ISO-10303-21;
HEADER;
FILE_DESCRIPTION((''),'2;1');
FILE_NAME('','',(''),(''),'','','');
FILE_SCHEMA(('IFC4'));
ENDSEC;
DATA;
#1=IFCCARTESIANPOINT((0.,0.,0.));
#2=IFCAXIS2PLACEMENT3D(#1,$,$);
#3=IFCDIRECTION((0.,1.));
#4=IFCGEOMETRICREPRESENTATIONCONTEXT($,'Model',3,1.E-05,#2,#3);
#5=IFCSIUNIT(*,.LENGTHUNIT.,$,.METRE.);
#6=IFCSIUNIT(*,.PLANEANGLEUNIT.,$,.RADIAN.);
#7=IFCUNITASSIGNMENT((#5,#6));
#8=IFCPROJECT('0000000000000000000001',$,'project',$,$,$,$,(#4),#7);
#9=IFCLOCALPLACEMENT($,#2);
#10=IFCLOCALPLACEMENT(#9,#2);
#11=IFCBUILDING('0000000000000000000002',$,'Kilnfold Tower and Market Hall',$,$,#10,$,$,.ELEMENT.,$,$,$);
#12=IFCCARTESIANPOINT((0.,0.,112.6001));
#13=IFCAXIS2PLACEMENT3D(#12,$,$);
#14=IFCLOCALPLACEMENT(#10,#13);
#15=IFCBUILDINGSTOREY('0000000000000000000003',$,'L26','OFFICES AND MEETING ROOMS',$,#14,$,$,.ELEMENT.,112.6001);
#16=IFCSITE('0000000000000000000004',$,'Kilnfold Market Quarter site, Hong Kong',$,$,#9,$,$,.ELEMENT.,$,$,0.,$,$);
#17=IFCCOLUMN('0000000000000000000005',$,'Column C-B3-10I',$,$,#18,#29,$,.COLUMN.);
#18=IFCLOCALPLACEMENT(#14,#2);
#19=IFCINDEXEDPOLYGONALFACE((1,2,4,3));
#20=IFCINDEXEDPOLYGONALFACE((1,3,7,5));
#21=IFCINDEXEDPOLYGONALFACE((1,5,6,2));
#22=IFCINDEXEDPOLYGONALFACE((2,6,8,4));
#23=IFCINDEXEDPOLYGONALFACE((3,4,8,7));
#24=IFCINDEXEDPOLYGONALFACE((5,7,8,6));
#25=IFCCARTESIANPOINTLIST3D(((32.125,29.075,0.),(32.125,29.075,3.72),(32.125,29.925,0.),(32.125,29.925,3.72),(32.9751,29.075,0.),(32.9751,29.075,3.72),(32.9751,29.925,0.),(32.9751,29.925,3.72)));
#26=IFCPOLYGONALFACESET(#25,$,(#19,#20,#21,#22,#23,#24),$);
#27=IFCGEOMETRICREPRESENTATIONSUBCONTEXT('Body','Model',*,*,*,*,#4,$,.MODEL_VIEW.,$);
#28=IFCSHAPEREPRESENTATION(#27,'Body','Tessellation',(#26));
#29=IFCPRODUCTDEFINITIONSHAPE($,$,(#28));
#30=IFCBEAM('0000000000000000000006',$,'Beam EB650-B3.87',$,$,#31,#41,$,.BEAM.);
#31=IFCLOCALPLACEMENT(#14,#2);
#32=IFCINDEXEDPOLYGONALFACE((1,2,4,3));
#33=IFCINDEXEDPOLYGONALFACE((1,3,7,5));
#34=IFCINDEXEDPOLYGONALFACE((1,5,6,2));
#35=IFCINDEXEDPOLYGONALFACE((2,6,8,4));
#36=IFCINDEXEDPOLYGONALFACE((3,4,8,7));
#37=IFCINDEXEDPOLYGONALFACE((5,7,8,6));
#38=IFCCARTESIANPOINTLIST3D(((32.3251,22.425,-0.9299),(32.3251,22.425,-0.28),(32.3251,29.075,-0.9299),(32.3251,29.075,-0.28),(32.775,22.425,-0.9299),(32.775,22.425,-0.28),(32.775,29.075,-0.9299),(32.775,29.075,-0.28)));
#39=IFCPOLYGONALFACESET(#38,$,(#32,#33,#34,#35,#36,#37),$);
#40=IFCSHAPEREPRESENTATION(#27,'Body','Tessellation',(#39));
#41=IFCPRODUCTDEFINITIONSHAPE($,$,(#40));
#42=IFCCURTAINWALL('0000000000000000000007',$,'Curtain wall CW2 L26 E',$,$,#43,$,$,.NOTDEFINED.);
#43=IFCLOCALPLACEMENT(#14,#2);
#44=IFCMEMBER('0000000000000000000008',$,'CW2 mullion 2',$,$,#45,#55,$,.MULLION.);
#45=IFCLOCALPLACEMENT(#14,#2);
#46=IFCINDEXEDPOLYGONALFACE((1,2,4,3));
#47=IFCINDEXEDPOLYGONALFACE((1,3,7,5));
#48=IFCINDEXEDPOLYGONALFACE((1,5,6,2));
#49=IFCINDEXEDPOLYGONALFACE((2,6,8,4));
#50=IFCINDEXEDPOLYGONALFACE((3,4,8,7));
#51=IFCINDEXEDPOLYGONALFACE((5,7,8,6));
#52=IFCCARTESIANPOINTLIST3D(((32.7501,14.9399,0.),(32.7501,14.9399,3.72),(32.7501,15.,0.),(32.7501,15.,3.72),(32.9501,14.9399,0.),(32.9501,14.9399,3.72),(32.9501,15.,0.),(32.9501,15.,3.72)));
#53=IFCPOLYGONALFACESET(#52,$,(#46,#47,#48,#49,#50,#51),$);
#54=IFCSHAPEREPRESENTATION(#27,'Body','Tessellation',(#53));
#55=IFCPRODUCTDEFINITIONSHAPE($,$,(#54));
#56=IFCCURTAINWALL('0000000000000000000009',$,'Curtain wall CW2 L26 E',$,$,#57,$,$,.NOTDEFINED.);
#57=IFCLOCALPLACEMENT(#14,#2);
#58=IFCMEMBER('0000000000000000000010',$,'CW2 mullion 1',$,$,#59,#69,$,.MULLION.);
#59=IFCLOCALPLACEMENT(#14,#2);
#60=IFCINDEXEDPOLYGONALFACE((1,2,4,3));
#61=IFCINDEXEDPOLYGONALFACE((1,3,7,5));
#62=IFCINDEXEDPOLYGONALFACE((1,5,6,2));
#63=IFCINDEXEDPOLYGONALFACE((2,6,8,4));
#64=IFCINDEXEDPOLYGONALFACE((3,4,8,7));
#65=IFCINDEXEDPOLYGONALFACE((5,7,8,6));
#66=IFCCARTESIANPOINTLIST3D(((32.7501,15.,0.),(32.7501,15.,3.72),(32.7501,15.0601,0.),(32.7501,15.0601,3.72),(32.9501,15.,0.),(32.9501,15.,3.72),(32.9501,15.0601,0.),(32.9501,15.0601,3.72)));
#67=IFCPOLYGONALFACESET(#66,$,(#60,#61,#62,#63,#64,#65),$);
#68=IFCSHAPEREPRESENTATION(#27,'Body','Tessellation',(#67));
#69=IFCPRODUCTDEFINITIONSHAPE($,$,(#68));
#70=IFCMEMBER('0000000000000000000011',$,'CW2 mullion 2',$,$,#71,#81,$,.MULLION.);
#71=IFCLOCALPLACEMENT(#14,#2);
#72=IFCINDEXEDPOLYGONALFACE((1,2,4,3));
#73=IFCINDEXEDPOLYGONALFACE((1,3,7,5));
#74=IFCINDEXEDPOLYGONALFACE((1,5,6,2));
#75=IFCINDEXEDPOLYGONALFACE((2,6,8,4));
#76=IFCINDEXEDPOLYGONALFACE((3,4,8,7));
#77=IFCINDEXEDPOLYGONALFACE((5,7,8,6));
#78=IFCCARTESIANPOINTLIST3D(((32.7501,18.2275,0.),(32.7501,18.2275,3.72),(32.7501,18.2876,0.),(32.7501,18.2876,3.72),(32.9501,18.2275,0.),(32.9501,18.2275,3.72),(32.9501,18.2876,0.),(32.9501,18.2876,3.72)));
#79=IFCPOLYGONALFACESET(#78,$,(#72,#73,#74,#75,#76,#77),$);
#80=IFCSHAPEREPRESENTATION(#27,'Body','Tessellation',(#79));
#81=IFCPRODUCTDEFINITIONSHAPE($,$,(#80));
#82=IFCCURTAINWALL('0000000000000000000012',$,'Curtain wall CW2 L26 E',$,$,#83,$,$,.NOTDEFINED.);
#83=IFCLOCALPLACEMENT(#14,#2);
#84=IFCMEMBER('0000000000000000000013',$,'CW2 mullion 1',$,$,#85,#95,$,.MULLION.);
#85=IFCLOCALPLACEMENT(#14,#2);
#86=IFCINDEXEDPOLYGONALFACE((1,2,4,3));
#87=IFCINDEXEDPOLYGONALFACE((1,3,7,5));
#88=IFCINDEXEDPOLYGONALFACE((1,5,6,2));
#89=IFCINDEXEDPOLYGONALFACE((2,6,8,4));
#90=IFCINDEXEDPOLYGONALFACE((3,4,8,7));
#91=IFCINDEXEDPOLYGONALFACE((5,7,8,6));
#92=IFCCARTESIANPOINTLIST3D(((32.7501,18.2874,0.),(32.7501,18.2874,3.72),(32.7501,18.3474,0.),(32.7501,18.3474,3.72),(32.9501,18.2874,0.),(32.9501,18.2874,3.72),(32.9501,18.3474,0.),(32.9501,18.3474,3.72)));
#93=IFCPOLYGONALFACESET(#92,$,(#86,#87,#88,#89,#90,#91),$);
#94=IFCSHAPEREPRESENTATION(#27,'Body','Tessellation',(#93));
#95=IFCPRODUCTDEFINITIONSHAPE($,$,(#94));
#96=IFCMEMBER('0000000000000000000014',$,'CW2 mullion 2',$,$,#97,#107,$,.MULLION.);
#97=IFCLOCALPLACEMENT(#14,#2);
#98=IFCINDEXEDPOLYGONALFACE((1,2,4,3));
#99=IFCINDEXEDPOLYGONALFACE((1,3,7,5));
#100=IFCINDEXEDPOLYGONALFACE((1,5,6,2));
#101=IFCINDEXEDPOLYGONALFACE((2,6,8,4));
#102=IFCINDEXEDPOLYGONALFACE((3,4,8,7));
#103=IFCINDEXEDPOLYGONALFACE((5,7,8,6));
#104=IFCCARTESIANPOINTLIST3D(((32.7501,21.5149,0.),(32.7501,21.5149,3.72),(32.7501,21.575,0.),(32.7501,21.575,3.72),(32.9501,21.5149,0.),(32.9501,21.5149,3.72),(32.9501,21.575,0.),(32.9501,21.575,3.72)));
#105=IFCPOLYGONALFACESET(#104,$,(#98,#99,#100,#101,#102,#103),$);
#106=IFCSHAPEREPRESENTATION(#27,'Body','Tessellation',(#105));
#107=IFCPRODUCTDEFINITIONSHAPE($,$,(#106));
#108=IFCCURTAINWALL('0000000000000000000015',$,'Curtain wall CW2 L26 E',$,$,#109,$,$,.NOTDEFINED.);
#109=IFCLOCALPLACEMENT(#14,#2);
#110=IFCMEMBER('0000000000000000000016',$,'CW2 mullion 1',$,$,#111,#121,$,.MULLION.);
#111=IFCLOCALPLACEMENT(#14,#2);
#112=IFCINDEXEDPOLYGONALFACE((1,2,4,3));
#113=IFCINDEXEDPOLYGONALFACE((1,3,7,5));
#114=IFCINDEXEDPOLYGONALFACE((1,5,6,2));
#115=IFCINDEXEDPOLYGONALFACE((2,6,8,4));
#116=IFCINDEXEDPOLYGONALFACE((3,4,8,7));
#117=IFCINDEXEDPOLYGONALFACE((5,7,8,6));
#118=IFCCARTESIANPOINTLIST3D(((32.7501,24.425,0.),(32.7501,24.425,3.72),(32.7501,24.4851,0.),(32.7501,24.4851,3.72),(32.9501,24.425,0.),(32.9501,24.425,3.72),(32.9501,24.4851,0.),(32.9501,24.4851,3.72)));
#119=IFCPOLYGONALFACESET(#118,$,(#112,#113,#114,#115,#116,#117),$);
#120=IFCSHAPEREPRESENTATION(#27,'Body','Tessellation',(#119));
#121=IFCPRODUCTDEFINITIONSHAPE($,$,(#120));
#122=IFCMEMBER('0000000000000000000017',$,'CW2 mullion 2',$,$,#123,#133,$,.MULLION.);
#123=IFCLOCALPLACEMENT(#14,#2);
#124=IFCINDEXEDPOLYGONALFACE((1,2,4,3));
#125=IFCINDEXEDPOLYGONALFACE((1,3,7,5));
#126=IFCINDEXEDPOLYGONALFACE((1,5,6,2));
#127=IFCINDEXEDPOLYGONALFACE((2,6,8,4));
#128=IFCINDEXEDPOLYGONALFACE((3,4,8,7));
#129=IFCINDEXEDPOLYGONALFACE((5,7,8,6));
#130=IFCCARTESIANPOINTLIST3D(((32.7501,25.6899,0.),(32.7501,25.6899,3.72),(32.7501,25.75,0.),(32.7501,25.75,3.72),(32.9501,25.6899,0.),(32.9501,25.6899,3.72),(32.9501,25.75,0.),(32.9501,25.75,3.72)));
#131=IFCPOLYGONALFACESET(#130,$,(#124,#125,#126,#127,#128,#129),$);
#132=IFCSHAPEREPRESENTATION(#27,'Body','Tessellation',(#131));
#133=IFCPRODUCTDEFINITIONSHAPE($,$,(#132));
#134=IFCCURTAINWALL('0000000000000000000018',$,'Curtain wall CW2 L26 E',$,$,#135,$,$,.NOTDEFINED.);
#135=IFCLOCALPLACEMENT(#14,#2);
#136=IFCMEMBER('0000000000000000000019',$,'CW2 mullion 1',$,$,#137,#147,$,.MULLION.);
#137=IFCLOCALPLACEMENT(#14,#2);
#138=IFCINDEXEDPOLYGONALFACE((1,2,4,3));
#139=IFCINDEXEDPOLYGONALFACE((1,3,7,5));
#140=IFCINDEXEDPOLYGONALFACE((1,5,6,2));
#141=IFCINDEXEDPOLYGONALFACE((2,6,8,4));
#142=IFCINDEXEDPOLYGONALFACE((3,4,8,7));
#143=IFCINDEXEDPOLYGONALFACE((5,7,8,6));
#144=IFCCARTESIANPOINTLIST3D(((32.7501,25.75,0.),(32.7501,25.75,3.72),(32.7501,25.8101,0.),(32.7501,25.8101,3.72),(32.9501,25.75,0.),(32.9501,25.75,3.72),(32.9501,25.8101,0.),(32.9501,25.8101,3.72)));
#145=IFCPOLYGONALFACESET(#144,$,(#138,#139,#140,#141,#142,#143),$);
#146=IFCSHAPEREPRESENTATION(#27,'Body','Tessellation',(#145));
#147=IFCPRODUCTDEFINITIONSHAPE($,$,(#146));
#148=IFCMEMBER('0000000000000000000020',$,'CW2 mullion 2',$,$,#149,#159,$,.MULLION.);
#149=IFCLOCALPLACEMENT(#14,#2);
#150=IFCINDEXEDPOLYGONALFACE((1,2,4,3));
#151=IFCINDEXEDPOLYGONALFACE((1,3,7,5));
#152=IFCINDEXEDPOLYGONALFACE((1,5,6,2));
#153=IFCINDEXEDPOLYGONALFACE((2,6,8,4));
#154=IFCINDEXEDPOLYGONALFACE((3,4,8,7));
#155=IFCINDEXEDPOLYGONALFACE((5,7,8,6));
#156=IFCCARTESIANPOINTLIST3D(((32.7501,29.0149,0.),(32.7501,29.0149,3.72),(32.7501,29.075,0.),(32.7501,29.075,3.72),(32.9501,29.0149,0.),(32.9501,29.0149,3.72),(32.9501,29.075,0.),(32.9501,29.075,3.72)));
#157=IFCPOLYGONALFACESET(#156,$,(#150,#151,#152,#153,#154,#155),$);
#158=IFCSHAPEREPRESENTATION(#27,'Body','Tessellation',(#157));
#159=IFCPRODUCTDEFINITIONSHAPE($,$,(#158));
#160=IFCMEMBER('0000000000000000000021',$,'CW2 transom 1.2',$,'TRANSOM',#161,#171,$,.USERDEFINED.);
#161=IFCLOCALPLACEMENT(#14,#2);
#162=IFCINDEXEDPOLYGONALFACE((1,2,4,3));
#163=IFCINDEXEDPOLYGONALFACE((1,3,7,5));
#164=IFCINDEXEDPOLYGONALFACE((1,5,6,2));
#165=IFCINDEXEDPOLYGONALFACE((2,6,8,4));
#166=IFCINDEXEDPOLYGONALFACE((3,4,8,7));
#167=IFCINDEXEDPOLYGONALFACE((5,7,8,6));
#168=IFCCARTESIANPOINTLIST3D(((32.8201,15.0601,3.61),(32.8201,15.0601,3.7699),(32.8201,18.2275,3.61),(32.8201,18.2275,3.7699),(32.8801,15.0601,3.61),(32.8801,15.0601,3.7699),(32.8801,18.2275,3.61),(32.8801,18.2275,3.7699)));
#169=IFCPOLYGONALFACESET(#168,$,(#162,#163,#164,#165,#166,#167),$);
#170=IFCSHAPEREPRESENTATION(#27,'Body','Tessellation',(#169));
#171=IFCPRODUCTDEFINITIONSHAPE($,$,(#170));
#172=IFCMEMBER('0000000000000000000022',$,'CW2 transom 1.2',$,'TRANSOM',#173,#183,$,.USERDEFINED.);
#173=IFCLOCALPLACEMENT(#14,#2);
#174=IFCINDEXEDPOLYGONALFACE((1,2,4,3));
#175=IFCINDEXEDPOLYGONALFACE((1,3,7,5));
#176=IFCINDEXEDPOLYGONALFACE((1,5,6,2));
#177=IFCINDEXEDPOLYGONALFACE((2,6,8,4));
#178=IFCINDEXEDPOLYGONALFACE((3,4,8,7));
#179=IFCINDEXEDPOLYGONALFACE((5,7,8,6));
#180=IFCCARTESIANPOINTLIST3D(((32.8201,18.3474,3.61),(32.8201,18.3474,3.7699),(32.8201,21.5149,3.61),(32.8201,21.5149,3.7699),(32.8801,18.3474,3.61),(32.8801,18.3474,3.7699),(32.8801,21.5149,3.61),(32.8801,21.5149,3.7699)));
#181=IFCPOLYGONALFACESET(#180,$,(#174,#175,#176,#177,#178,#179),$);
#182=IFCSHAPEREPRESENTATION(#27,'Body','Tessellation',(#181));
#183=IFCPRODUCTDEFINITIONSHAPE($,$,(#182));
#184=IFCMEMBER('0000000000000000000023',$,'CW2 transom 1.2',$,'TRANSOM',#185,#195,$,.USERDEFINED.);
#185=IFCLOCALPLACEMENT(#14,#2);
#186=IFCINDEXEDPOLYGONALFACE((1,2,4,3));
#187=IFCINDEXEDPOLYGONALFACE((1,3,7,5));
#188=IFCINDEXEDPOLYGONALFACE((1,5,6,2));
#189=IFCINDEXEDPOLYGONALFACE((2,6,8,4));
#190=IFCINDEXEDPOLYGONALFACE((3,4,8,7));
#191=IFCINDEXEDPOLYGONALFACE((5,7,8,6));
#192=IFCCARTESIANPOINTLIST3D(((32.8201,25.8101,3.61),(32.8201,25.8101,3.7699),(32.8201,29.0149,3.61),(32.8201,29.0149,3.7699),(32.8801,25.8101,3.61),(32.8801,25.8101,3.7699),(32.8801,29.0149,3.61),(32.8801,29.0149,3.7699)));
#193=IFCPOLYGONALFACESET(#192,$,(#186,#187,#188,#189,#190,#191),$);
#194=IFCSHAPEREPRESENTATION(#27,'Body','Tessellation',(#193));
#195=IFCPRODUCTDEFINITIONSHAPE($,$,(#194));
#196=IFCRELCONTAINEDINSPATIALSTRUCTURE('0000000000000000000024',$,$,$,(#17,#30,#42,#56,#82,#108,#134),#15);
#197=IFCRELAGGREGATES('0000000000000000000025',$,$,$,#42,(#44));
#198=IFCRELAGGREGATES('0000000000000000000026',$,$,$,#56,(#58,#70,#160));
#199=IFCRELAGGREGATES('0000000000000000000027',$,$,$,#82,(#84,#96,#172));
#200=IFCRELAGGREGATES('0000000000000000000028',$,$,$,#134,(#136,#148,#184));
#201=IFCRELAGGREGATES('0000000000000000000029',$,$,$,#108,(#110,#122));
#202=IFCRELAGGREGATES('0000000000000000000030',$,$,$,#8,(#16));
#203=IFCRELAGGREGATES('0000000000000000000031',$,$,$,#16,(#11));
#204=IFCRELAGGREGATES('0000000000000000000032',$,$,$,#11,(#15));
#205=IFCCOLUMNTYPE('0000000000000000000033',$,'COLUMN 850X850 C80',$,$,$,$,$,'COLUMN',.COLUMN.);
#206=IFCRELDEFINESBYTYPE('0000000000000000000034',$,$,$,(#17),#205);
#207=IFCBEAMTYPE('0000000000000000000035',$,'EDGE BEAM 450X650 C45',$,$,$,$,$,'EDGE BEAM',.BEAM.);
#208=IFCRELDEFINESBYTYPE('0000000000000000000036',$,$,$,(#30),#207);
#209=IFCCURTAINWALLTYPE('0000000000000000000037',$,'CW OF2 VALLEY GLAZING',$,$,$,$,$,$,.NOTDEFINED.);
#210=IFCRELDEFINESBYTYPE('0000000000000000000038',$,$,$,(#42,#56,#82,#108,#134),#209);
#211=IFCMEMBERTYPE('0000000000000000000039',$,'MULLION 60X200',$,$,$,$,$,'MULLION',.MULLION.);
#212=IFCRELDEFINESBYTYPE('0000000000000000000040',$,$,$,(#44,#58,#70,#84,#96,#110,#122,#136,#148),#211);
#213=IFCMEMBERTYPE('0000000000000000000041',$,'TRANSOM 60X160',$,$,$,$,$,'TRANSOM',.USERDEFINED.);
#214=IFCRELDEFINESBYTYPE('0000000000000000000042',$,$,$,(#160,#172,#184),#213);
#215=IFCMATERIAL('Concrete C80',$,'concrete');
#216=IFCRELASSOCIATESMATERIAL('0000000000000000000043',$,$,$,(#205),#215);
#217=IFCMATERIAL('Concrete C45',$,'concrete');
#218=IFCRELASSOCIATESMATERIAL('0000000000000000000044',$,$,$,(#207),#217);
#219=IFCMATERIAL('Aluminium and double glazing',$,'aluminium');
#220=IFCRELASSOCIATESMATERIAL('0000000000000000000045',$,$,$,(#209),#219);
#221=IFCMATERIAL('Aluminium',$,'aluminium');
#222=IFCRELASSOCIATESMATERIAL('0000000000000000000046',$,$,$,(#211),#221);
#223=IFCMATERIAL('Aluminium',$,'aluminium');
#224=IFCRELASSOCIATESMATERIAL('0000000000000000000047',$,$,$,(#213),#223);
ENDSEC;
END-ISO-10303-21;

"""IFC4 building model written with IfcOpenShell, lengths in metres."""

from ifc_helpers import new_model, si_unit, direction, frame, origin, origin_2d, place, context, subcontext, project, spatial, rectangle, extrude, source, transform, mapped, material, material_profile, profile_set, type_object, element, aggregate, save


model = new_model("IFC4")

# Units and contexts
model_context = context("Model", 3, precision=1e-05, world=origin(), true_north=direction((0.0, 1.0)))
body_context = subcontext(model_context, "Body", "Model", "MODEL_VIEW")
ifc_project = project(units=[si_unit("LENGTHUNIT", "METRE"), si_unit("PLANEANGLEUNIT", "RADIAN")], contexts=[model_context])

# Site, building, storey
site_placement = place(None, origin())
site = spatial("IfcSite", under=ifc_project, at=site_placement, Name="Kilnfold Market Quarter site, Hong Kong", CompositionType="ELEMENT", RefElevation=0.0)
building_placement = place(site_placement, origin())
building = spatial("IfcBuilding", under=site, at=building_placement, Name="Kilnfold Tower and Market Hall", CompositionType="ELEMENT")
storey_placement = place(building_placement, frame((0.0, 0.0, 112.6001)))
storey = spatial("IfcBuildingStorey", under=building, at=storey_placement, Name="L26", Description="OFFICES AND MEETING ROOMS", CompositionType="ELEMENT", Elevation=112.6001)

# Column
ifc_material_1 = material(Name="Concrete C80", Category="concrete")
ifc_material_profile_1 = material_profile(ifc_material_1, rectangle(XDim=0.8501, YDim=0.8501, at=origin_2d()), Name="RC 850x850")
ifc_profile_set_1 = profile_set([ifc_material_profile_1], Name="Concrete C80")
column_type = type_object("IfcColumnType", Name="COLUMN 850X850 C80", ElementType="COLUMN", PredefinedType="COLUMN", material=ifc_profile_set_1)
shared_shape_1 = source(origin(), body_context, "Body", "SweptSolid", [
    extrude(rectangle(XDim=0.8501, YDim=0.8501, at=origin_2d()), origin(), (0.0, 0.0, 1.0), 3.72),
])
column_placement = place(storey_placement, frame((32.55, 29.5, 0.0), z_axis=(0.0, 0.0, 1.0), x_axis=(1.0, 0.0, 0.0)))
element("IfcColumn", 1, at=column_placement, inside=storey, type_object=column_type, Name="Column C-B3-10I", PredefinedType="COLUMN", context=body_context, shape_type="MappedRepresentation", body=[
    mapped(shared_shape_1, transform((0.0, 0.0, 0.0))),
])

# Beam
ifc_material_2 = material(Name="Concrete C45", Category="concrete")
ifc_material_profile_2 = material_profile(ifc_material_2, rectangle(XDim=0.45, YDim=0.6499, at=origin_2d()), Name="RC 450x650")
ifc_profile_set_2 = profile_set([ifc_material_profile_2], Name="Concrete C45")
beam_type = type_object("IfcBeamType", Name="EDGE BEAM 450X650 C45", ElementType="EDGE BEAM", PredefinedType="BEAM", material=ifc_profile_set_2)
shared_shape_2 = source(origin(), body_context, "Body", "SweptSolid", [
    extrude(rectangle(XDim=0.45, YDim=0.6499, at=origin_2d()), origin(), (0.0, 0.0, 1.0), 6.6499),
])
beam_placement = place(storey_placement, frame((32.55, 22.425, -0.605), z_axis=(0.0, 1.0, 0.0), x_axis=(-1.0, 0.0, 0.0)))
element("IfcBeam", 2, at=beam_placement, inside=storey, type_object=beam_type, Name="Beam EB650-B3.87", PredefinedType="BEAM", context=body_context, shape_type="MappedRepresentation", body=[
    mapped(shared_shape_2, transform((0.0, 0.0, 0.0))),
])

# Curtain wall, member
ifc_material_3 = material(Name="Aluminium and double glazing", Category="aluminium")
curtain_wall_type = type_object("IfcCurtainWallType", Name="CW OF2 VALLEY GLAZING", PredefinedType="NOTDEFINED", material=ifc_material_3)
curtain_wall_1_placement = place(storey_placement, origin())
curtain_wall_1 = element("IfcCurtainWall", 3, at=curtain_wall_1_placement, inside=storey, type_object=curtain_wall_type, Name="Curtain wall CW2 L26 E", PredefinedType="NOTDEFINED")
ifc_material_4 = material(Name="Aluminium", Category="aluminium")
ifc_material_profile_3 = material_profile(ifc_material_4, rectangle(XDim=0.0601, YDim=0.2, at=origin_2d()), Name="MULLION 60x200")
ifc_profile_set_3 = profile_set([ifc_material_profile_3], Name="Aluminium")
member_type_1 = type_object("IfcMemberType", Name="MULLION 60X200", ElementType="MULLION", PredefinedType="MULLION", material=ifc_profile_set_3)
shared_shape_3 = source(origin(), body_context, "Body", "SweptSolid", [
    extrude(rectangle(XDim=0.0601, YDim=0.2, at=origin_2d()), origin(), (0.0, 0.0, 1.0), 3.72),
])
member_1_placement = place(storey_placement, frame((32.8501, 14.97, 0.0), z_axis=(0.0, 0.0, 1.0), x_axis=(0.0, 1.0, 0.0)))
member_1 = element("IfcMember", 4, at=member_1_placement, type_object=member_type_1, Name="CW2 mullion 2", PredefinedType="MULLION", context=body_context, shape_type="MappedRepresentation", body=[
    mapped(shared_shape_3, transform((0.0, 0.0, 0.0))),
])

# Curtain walls, members
curtain_wall_2_placement = place(storey_placement, origin())
curtain_wall_2 = element("IfcCurtainWall", 5, at=curtain_wall_2_placement, inside=storey, type_object=curtain_wall_type, Name="Curtain wall CW2 L26 E", PredefinedType="NOTDEFINED")
member_2_placement = place(storey_placement, frame((32.8501, 15.03, 0.0), z_axis=(0.0, 0.0, 1.0), x_axis=(0.0, 1.0, 0.0)))
member_2 = element("IfcMember", 6, at=member_2_placement, type_object=member_type_1, Name="CW2 mullion 1", PredefinedType="MULLION", context=body_context, shape_type="MappedRepresentation", body=[
    mapped(shared_shape_3, transform((0.0, 0.0, 0.0))),
])
member_3_placement = place(storey_placement, frame((32.8501, 18.2576, 0.0), z_axis=(0.0, 0.0, 1.0), x_axis=(0.0, 1.0, 0.0)))
member_3 = element("IfcMember", 7, at=member_3_placement, type_object=member_type_1, Name="CW2 mullion 2", PredefinedType="MULLION", context=body_context, shape_type="MappedRepresentation", body=[
    mapped(shared_shape_3, transform((0.0, 0.0, 0.0))),
])
curtain_wall_3_placement = place(storey_placement, origin())
curtain_wall_3 = element("IfcCurtainWall", 8, at=curtain_wall_3_placement, inside=storey, type_object=curtain_wall_type, Name="Curtain wall CW2 L26 E", PredefinedType="NOTDEFINED")
member_4_placement = place(storey_placement, frame((32.8501, 18.3174, 0.0), z_axis=(0.0, 0.0, 1.0), x_axis=(0.0, 1.0, 0.0)))
member_4 = element("IfcMember", 9, at=member_4_placement, type_object=member_type_1, Name="CW2 mullion 1", PredefinedType="MULLION", context=body_context, shape_type="MappedRepresentation", body=[
    mapped(shared_shape_3, transform((0.0, 0.0, 0.0))),
])
member_5_placement = place(storey_placement, frame((32.8501, 21.5449, 0.0), z_axis=(0.0, 0.0, 1.0), x_axis=(0.0, 1.0, 0.0)))
member_5 = element("IfcMember", 10, at=member_5_placement, type_object=member_type_1, Name="CW2 mullion 2", PredefinedType="MULLION", context=body_context, shape_type="MappedRepresentation", body=[
    mapped(shared_shape_3, transform((0.0, 0.0, 0.0))),
])
curtain_wall_4_placement = place(storey_placement, origin())
curtain_wall_4 = element("IfcCurtainWall", 11, at=curtain_wall_4_placement, inside=storey, type_object=curtain_wall_type, Name="Curtain wall CW2 L26 E", PredefinedType="NOTDEFINED")
member_6_placement = place(storey_placement, frame((32.8501, 24.4551, 0.0), z_axis=(0.0, 0.0, 1.0), x_axis=(0.0, 1.0, 0.0)))
member_6 = element("IfcMember", 12, at=member_6_placement, type_object=member_type_1, Name="CW2 mullion 1", PredefinedType="MULLION", context=body_context, shape_type="MappedRepresentation", body=[
    mapped(shared_shape_3, transform((0.0, 0.0, 0.0))),
])
member_7_placement = place(storey_placement, frame((32.8501, 25.72, 0.0), z_axis=(0.0, 0.0, 1.0), x_axis=(0.0, 1.0, 0.0)))
member_7 = element("IfcMember", 13, at=member_7_placement, type_object=member_type_1, Name="CW2 mullion 2", PredefinedType="MULLION", context=body_context, shape_type="MappedRepresentation", body=[
    mapped(shared_shape_3, transform((0.0, 0.0, 0.0))),
])
curtain_wall_5_placement = place(storey_placement, origin())
curtain_wall_5 = element("IfcCurtainWall", 14, at=curtain_wall_5_placement, inside=storey, type_object=curtain_wall_type, Name="Curtain wall CW2 L26 E", PredefinedType="NOTDEFINED")
member_8_placement = place(storey_placement, frame((32.8501, 25.78, 0.0), z_axis=(0.0, 0.0, 1.0), x_axis=(0.0, 1.0, 0.0)))
member_8 = element("IfcMember", 15, at=member_8_placement, type_object=member_type_1, Name="CW2 mullion 1", PredefinedType="MULLION", context=body_context, shape_type="MappedRepresentation", body=[
    mapped(shared_shape_3, transform((0.0, 0.0, 0.0))),
])
member_9_placement = place(storey_placement, frame((32.8501, 29.0449, 0.0), z_axis=(0.0, 0.0, 1.0), x_axis=(0.0, 1.0, 0.0)))
member_9 = element("IfcMember", 16, at=member_9_placement, type_object=member_type_1, Name="CW2 mullion 2", PredefinedType="MULLION", context=body_context, shape_type="MappedRepresentation", body=[
    mapped(shared_shape_3, transform((0.0, 0.0, 0.0))),
])

# Members
ifc_material_5 = material(Name="Aluminium", Category="aluminium")
ifc_material_profile_4 = material_profile(ifc_material_5, rectangle(XDim=0.0601, YDim=0.1599, at=origin_2d()), Name="TRANSOM 60x160")
ifc_profile_set_4 = profile_set([ifc_material_profile_4], Name="Aluminium")
member_type_2 = type_object("IfcMemberType", Name="TRANSOM 60X160", ElementType="TRANSOM", PredefinedType="USERDEFINED", material=ifc_profile_set_4)
shared_shape_4 = source(origin(), body_context, "Body", "SweptSolid", [
    extrude(rectangle(XDim=0.0601, YDim=0.1599, at=origin_2d()), origin(), (0.0, 0.0, 1.0), 3.1675),
])
member_10_placement = place(storey_placement, frame((32.8501, 15.0601, 3.6899), z_axis=(0.0, 1.0, 0.0), x_axis=(-1.0, 0.0, 0.0)))
member_10 = element("IfcMember", 17, at=member_10_placement, type_object=member_type_2, Name="CW2 transom 1.2", ObjectType="TRANSOM", PredefinedType="USERDEFINED", context=body_context, shape_type="MappedRepresentation", body=[
    mapped(shared_shape_4, transform((0.0, 0.0, 0.0))),
])
member_11_placement = place(storey_placement, frame((32.8501, 18.3474, 3.6899), z_axis=(0.0, 1.0, 0.0), x_axis=(-1.0, 0.0, 0.0)))
member_11 = element("IfcMember", 18, at=member_11_placement, type_object=member_type_2, Name="CW2 transom 1.2", ObjectType="TRANSOM", PredefinedType="USERDEFINED", context=body_context, shape_type="MappedRepresentation", body=[
    mapped(shared_shape_4, transform((0.0, 0.0, 0.0))),
])
shared_shape_5 = source(origin(), body_context, "Body", "SweptSolid", [
    extrude(rectangle(XDim=0.0601, YDim=0.1599, at=origin_2d()), origin(), (0.0, 0.0, 1.0), 3.2048),
])
member_12_placement = place(storey_placement, frame((32.8501, 25.8101, 3.6899), z_axis=(0.0, 1.0, 0.0), x_axis=(-1.0, 0.0, 0.0)))
member_12 = element("IfcMember", 19, at=member_12_placement, type_object=member_type_2, Name="CW2 transom 1.2", ObjectType="TRANSOM", PredefinedType="USERDEFINED", context=body_context, shape_type="MappedRepresentation", body=[
    mapped(shared_shape_5, transform((0.0, 0.0, 0.0))),
])

aggregate(curtain_wall_1, [member_1])
aggregate(curtain_wall_2, [member_2, member_3, member_10])
aggregate(curtain_wall_3, [member_4, member_5, member_11])
aggregate(curtain_wall_5, [member_8, member_9, member_12])
aggregate(curtain_wall_4, [member_6, member_7])

save(model, "model.ifc")
